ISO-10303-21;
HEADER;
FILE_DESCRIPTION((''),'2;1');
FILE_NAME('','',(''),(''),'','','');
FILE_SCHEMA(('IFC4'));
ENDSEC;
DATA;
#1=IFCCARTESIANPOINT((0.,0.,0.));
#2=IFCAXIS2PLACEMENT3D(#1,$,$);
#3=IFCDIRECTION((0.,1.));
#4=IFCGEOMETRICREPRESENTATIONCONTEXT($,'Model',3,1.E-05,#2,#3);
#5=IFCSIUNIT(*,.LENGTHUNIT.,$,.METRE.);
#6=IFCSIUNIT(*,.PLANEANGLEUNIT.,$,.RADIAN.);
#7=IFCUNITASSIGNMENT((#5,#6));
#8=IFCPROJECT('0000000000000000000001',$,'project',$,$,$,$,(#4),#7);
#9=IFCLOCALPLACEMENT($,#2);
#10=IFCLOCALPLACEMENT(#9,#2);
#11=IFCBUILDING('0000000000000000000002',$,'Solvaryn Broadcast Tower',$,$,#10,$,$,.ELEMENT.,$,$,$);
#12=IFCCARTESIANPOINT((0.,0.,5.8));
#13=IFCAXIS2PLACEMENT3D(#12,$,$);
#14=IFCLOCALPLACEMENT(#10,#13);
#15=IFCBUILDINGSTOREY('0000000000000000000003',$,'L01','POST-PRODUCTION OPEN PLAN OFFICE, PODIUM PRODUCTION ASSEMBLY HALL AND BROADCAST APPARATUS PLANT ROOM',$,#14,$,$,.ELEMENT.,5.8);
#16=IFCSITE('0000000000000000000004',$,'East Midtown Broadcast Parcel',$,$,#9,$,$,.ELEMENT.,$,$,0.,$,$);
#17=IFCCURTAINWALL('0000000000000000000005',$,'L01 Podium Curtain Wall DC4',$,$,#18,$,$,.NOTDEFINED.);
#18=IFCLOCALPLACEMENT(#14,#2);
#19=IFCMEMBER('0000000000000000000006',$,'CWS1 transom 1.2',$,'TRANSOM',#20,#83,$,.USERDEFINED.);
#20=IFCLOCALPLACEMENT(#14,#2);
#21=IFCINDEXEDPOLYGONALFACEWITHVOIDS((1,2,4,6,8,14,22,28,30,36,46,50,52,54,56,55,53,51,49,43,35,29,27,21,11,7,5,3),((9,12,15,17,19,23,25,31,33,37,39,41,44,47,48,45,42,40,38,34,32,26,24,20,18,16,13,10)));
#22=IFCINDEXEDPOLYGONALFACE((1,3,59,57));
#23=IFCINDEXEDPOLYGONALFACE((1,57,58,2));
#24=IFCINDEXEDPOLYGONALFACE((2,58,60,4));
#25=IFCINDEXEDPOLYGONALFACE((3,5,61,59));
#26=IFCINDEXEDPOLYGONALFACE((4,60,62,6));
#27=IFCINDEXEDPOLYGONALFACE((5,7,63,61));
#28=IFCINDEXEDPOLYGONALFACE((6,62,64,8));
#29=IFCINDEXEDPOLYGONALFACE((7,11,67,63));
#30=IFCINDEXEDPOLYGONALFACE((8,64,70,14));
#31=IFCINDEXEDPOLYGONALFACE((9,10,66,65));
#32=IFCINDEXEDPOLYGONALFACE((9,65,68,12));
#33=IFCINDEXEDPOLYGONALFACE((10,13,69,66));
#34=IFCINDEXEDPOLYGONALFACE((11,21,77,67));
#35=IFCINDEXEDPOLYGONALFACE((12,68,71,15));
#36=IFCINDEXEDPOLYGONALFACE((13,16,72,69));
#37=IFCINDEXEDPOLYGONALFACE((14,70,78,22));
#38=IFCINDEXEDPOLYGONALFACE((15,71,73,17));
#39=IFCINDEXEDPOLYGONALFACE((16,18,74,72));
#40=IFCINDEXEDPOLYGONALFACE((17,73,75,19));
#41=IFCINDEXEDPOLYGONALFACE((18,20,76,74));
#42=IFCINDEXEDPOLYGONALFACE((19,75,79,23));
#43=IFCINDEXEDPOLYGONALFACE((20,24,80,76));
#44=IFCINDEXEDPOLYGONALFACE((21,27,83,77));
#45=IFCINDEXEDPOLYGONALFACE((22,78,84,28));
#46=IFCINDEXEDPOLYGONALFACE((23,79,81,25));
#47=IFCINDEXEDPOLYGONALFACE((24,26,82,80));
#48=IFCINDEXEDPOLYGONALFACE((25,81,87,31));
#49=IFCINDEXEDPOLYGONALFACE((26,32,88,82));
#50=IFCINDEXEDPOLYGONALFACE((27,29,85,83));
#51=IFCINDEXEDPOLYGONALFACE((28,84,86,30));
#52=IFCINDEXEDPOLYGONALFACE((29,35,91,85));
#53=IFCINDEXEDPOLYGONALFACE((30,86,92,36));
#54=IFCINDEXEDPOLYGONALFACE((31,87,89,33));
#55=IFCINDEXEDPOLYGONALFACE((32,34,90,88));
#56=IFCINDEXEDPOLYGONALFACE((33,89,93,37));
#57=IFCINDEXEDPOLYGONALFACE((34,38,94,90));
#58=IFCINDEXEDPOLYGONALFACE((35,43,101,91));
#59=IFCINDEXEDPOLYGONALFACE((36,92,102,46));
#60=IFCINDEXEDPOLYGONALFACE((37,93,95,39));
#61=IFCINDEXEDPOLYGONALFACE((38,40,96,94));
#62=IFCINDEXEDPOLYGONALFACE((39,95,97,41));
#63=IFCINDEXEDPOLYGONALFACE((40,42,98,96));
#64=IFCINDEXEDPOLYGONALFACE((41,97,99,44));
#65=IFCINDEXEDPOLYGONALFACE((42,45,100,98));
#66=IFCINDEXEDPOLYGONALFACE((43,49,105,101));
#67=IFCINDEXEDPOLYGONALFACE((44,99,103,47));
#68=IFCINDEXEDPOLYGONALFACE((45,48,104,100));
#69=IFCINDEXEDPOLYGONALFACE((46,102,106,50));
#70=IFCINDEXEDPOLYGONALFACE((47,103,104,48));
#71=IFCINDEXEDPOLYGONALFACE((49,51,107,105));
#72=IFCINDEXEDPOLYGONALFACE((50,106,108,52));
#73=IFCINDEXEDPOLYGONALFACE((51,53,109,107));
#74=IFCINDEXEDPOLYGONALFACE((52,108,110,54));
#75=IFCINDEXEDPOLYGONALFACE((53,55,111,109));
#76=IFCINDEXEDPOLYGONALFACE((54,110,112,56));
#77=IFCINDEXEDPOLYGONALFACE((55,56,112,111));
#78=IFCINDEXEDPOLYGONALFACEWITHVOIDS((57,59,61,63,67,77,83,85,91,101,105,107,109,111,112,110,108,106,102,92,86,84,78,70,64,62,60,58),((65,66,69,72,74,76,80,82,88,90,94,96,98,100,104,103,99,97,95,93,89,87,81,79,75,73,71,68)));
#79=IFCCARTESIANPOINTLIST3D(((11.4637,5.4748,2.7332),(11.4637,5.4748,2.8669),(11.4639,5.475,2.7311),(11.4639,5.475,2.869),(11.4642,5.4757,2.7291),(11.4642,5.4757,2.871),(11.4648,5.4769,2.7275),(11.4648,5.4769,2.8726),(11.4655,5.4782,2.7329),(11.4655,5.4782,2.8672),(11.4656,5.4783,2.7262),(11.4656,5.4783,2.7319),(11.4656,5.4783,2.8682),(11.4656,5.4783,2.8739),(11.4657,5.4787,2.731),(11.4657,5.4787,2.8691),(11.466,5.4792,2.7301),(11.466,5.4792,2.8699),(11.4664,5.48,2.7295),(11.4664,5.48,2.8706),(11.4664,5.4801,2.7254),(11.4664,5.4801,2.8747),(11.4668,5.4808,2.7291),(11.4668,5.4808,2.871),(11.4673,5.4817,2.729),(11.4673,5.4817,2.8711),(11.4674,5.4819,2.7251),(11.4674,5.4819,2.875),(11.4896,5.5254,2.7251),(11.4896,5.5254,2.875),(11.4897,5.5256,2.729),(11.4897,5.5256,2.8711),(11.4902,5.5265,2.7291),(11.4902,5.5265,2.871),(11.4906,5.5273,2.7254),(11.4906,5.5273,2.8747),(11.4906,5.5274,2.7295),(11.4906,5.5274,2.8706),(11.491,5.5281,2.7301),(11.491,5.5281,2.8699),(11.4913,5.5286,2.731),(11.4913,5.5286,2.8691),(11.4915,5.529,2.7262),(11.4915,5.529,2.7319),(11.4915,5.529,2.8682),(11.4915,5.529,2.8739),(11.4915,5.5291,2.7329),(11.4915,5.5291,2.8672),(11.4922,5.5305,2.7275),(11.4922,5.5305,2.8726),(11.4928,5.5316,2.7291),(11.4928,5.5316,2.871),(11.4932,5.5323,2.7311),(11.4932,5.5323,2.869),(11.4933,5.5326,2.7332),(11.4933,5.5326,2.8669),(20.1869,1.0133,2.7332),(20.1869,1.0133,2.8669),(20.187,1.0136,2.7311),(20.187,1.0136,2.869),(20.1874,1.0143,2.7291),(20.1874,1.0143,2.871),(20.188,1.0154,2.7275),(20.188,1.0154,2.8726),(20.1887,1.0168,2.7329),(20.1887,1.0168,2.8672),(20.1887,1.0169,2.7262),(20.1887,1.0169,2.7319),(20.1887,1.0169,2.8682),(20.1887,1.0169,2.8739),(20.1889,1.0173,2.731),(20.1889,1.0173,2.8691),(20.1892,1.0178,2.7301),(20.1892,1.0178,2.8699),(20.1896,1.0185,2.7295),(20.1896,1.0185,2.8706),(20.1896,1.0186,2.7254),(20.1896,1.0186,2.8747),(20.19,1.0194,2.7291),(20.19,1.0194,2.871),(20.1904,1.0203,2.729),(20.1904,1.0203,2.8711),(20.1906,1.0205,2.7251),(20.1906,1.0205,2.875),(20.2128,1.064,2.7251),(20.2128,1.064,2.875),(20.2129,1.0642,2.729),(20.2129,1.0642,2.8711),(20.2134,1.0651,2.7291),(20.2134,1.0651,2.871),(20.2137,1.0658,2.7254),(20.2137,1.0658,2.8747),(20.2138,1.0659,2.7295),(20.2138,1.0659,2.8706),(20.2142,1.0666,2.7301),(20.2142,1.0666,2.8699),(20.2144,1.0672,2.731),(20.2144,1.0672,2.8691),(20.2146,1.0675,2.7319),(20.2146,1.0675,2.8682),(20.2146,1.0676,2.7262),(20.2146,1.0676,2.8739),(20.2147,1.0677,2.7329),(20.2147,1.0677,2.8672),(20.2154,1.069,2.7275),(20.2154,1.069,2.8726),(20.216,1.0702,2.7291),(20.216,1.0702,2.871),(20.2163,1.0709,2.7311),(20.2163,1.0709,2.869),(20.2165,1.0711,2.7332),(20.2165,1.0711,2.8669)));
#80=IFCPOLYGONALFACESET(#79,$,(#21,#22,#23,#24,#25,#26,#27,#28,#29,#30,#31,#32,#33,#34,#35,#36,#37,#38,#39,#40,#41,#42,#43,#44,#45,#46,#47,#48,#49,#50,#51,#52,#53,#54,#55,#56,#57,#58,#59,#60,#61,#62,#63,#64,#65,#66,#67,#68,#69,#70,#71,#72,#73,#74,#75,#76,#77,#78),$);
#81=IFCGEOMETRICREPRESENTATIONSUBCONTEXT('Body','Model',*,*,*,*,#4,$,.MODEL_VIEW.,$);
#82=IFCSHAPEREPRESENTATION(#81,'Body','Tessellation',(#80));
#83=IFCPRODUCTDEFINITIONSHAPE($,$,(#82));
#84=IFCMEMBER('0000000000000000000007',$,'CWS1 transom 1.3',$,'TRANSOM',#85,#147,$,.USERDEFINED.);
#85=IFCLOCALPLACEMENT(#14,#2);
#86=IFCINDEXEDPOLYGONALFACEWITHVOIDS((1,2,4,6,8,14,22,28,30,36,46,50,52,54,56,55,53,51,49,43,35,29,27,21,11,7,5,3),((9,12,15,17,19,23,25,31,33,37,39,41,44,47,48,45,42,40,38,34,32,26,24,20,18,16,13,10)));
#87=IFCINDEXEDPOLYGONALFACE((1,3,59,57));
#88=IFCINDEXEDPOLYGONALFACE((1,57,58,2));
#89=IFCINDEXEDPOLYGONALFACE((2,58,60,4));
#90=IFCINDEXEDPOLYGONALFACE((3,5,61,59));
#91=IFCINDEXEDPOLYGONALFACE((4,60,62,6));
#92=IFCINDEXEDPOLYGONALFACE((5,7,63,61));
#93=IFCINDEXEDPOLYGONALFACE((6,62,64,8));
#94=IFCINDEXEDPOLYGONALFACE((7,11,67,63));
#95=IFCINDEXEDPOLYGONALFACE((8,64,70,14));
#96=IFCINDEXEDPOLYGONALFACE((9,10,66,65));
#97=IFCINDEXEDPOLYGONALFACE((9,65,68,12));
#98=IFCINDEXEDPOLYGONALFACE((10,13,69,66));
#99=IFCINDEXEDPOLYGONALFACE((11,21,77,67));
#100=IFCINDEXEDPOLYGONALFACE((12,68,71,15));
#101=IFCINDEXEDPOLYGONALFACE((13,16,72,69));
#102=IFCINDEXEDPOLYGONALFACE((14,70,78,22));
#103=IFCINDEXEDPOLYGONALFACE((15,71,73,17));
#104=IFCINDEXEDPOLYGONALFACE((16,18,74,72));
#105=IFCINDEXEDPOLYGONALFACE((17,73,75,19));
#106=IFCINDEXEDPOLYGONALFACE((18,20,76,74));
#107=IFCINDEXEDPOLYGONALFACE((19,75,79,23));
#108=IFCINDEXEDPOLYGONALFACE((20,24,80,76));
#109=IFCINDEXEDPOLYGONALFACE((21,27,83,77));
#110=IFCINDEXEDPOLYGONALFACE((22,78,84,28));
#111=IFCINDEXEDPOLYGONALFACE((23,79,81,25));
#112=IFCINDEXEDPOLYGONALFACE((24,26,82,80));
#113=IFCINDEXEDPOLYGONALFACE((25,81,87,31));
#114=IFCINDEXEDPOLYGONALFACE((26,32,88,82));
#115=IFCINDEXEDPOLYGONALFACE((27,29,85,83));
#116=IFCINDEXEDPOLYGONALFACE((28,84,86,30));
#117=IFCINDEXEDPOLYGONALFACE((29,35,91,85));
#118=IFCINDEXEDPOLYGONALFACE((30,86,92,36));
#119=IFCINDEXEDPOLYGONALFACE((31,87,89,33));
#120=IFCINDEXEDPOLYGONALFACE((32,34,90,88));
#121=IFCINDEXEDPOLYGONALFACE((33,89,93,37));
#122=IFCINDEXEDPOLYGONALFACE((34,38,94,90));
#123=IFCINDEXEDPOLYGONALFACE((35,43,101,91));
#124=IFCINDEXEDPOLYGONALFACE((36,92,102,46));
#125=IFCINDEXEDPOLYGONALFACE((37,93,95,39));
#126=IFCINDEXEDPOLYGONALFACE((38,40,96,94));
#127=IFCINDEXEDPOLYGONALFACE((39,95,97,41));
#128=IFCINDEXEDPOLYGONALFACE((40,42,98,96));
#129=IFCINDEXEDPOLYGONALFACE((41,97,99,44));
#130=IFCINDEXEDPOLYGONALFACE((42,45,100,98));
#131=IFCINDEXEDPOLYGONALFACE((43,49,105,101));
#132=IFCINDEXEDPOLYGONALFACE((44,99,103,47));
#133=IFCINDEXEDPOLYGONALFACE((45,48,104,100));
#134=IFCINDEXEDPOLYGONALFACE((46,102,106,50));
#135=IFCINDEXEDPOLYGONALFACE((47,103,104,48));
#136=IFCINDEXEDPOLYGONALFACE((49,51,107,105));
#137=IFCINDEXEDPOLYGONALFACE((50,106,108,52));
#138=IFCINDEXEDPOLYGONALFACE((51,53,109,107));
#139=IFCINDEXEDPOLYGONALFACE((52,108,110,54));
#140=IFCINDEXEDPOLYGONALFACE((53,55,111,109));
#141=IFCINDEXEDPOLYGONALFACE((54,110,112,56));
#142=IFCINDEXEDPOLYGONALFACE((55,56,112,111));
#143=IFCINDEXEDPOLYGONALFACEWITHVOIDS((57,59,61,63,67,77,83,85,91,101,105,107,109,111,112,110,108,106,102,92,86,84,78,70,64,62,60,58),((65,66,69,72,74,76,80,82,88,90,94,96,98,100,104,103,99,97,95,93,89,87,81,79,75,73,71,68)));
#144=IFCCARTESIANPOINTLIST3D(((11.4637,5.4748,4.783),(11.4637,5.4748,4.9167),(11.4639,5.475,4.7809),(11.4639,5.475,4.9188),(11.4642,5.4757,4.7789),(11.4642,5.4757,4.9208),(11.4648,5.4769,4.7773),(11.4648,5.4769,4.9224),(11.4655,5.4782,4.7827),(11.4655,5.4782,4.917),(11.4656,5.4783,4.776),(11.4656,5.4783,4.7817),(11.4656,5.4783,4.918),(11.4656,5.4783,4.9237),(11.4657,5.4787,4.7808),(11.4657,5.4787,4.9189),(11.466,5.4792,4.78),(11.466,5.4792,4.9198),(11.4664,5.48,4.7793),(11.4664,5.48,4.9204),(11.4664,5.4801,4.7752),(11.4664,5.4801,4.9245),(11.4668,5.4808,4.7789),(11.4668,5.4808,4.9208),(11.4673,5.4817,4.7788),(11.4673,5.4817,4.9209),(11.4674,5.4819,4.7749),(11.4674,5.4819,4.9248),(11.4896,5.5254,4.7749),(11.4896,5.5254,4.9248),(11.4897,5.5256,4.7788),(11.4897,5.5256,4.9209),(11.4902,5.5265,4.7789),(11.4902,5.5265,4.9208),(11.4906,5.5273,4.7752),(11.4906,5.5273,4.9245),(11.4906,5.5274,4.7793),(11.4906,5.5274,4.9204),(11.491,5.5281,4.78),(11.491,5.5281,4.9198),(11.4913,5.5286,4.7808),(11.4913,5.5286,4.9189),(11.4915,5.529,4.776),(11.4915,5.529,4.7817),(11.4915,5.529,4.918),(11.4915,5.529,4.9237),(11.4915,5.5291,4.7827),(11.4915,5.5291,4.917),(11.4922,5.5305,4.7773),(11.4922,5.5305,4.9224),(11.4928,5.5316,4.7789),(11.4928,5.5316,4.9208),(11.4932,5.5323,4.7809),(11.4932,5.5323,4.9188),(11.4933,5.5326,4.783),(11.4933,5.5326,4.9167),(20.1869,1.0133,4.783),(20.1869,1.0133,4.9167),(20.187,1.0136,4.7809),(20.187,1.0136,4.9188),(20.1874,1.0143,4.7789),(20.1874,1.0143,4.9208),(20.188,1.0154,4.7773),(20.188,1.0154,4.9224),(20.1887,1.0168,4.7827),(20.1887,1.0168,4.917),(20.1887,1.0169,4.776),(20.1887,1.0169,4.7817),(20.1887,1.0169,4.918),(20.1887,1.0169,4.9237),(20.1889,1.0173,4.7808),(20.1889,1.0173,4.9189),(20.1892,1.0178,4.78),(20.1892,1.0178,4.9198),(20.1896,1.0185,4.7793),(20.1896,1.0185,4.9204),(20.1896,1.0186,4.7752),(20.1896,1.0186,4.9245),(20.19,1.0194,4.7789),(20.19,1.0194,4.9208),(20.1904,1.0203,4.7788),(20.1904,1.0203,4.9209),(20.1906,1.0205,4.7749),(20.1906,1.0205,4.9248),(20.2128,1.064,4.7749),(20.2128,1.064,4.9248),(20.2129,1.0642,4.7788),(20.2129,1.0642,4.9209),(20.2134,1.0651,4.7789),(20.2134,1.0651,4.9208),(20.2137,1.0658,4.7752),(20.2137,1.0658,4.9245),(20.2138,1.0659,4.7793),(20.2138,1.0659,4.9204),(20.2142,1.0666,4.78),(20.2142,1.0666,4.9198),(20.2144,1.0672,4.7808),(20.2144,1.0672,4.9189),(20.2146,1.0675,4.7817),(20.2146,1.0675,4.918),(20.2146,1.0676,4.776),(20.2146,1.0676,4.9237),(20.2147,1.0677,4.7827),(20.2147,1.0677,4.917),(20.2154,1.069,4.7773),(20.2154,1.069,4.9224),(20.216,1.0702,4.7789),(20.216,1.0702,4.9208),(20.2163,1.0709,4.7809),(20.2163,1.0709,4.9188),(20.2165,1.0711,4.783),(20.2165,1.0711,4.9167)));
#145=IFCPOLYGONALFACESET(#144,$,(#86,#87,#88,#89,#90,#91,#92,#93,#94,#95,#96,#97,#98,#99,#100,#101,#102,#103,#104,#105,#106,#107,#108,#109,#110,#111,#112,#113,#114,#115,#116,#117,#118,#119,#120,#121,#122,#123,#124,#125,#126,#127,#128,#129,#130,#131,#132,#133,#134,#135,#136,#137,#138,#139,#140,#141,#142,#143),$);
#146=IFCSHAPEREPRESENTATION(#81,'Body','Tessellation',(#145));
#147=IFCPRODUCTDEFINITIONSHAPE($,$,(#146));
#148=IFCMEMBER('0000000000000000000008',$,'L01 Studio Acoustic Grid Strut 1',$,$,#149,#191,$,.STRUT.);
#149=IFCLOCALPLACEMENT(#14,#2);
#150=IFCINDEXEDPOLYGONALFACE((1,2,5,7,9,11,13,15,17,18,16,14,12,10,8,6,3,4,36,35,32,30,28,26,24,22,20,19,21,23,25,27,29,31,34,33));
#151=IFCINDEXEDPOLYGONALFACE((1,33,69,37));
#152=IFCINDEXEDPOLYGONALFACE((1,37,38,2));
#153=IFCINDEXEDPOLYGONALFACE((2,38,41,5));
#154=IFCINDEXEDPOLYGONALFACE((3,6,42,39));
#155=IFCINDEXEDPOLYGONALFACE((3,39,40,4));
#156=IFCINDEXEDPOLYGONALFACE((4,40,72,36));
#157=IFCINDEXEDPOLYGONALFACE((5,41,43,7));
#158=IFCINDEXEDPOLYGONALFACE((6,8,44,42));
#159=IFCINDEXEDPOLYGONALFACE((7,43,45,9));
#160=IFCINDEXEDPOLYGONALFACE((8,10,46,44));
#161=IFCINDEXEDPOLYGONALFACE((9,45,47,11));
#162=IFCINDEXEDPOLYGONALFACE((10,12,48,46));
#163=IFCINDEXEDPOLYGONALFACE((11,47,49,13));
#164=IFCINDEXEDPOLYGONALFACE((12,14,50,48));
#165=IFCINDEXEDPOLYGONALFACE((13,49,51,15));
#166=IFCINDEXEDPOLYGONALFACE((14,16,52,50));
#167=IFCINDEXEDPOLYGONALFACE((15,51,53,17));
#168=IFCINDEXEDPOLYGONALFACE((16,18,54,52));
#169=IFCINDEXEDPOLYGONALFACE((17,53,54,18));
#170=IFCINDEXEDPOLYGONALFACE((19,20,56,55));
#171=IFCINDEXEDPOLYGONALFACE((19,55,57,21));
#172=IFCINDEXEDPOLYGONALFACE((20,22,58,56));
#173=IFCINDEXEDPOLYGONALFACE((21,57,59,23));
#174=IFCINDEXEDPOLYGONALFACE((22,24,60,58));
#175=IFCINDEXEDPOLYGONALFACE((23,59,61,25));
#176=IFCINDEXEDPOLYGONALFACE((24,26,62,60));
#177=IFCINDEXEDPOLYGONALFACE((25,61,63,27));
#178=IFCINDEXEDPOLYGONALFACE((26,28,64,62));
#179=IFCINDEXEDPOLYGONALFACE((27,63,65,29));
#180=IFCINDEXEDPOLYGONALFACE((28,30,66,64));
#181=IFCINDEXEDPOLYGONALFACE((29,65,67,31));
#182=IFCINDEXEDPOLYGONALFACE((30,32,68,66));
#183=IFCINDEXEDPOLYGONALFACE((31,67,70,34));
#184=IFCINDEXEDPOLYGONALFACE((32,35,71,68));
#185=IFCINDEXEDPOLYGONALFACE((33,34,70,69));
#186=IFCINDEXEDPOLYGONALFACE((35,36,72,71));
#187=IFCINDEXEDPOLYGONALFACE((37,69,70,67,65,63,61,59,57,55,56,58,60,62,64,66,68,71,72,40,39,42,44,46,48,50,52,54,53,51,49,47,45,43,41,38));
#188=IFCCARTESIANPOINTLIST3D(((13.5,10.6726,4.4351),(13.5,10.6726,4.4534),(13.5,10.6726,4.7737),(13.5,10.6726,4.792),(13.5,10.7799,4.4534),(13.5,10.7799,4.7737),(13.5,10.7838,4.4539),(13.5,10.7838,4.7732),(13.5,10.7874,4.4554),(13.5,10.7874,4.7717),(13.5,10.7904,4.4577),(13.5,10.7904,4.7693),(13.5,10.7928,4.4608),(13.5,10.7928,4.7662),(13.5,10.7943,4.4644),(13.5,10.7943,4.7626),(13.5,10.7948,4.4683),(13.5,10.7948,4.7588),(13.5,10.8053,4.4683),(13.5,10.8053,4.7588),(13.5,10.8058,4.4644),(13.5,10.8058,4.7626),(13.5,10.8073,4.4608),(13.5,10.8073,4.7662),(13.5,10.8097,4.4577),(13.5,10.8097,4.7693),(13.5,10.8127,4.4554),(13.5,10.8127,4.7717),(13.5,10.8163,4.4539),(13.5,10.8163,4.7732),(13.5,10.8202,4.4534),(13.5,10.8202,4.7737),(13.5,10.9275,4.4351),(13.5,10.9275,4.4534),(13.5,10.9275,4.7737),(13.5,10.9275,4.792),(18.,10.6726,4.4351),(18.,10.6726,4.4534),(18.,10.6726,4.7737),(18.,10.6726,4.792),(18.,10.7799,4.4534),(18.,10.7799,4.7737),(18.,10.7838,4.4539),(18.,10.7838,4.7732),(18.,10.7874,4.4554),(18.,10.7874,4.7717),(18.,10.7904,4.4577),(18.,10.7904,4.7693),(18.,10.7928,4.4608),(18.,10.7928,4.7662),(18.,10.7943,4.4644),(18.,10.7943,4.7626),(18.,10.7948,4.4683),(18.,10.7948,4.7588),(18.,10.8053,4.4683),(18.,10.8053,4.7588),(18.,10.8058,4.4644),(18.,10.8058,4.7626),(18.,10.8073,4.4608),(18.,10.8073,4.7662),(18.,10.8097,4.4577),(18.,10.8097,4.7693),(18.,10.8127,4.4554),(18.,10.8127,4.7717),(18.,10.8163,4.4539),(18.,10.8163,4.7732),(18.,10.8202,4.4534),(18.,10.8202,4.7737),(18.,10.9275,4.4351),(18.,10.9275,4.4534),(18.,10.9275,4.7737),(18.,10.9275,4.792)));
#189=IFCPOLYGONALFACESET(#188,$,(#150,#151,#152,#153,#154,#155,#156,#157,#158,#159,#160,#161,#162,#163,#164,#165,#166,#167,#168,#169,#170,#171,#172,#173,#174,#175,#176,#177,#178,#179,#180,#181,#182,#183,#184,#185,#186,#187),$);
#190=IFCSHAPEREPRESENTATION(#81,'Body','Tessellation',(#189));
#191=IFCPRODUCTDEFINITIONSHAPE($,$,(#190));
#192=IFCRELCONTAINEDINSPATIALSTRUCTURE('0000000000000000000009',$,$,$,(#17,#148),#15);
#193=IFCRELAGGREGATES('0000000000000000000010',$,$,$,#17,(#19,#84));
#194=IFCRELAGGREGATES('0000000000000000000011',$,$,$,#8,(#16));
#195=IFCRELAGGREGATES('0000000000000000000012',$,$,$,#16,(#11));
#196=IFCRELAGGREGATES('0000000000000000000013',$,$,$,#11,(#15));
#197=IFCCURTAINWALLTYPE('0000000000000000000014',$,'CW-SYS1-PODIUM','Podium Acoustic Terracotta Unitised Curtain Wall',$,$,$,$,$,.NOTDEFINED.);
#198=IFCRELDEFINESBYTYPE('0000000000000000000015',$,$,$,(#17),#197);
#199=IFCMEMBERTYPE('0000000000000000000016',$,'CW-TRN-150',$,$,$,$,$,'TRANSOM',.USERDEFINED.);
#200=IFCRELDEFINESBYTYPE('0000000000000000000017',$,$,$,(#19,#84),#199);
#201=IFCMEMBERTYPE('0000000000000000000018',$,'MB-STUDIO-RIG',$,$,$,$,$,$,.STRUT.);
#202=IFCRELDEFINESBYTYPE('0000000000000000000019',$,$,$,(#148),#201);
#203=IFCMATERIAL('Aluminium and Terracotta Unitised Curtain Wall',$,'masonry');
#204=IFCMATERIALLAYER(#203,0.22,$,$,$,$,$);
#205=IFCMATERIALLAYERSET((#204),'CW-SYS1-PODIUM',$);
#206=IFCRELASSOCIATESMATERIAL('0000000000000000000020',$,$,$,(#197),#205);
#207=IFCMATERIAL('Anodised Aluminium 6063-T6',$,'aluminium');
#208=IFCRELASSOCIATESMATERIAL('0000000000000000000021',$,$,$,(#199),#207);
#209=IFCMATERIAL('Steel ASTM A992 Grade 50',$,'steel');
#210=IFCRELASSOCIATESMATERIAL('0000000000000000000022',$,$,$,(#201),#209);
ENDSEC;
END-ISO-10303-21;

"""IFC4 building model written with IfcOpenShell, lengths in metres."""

from ifc_helpers import new_model, si_unit, direction, frame, origin, origin_2d, place, context, subcontext, project, spatial, hollow_rectangle, i_section, extrude, material, layer, layer_set, material_profile, profile_set, type_object, element, aggregate, save


model = new_model("IFC4")

# Units and contexts
model_context = context("Model", 3, precision=1e-05, world=origin(), true_north=direction((0.0, 1.0)))
body_context = subcontext(model_context, "Body", "Model", "MODEL_VIEW")
ifc_project = project(units=[si_unit("LENGTHUNIT", "METRE"), si_unit("PLANEANGLEUNIT", "RADIAN")], contexts=[model_context])

# Site, building, storey
site_placement = place(None, origin())
site = spatial("IfcSite", under=ifc_project, at=site_placement, Name="East Midtown Broadcast Parcel", CompositionType="ELEMENT", RefElevation=0.0)
building_placement = place(site_placement, origin())
building = spatial("IfcBuilding", under=site, at=building_placement, Name="Solvaryn Broadcast Tower", CompositionType="ELEMENT")
storey_placement = place(building_placement, frame((0.0, 0.0, 5.8)))
storey = spatial("IfcBuildingStorey", under=building, at=storey_placement, Name="L01", Description="POST-PRODUCTION OPEN PLAN OFFICE, PODIUM PRODUCTION ASSEMBLY HALL AND BROADCAST APPARATUS PLANT ROOM", CompositionType="ELEMENT", Elevation=5.8)

# Shared definitions
ifc_material_1 = material(Name="Aluminium and Terracotta Unitised Curtain Wall", Category="masonry")
ifc_layer_1 = layer(ifc_material_1, 0.22)
ifc_layer_set_1 = layer_set([ifc_layer_1], Name="CW-SYS1-PODIUM")
curtain_wall_type = type_object("IfcCurtainWallType", Name="CW-SYS1-PODIUM", Description="Podium Acoustic Terracotta Unitised Curtain Wall", PredefinedType="NOTDEFINED", material=ifc_layer_set_1)

# Curtain wall, members
curtain_wall_1_placement = place(storey_placement, origin())
curtain_wall_1 = element("IfcCurtainWall", 1, at=curtain_wall_1_placement, inside=storey, type_object=curtain_wall_type, Name="L01 Podium Curtain Wall DC4", PredefinedType="NOTDEFINED")
ifc_material_2 = material(Name="Anodised Aluminium 6063-T6", Category="aluminium")
ifc_material_profile_1 = material_profile(ifc_material_2, hollow_rectangle(XDim=0.0649, YDim=0.1499, WallThickness=0.0039, InnerFilletRadius=0.0039, OuterFilletRadius=0.0081, at=origin_2d()))
ifc_profile_set_1 = profile_set([ifc_material_profile_1], Name="Anodised Aluminium 6063-T6")
member_type_1 = type_object("IfcMemberType", Name="CW-TRN-150", ElementType="TRANSOM", PredefinedType="USERDEFINED", material=ifc_profile_set_1)
member_1_placement = place(storey_placement, frame((11.4785, 5.5037, 2.8), z_axis=(0.890313, -0.455348, 0.0), x_axis=(0.455348, 0.890313, 0.0)))
member_1 = element("IfcMember", 2, at=member_1_placement, type_object=member_type_1, Name="CWS1 transom 1.2", ObjectType="TRANSOM", PredefinedType="USERDEFINED", context=body_context, shape_type="SweptSolid", body=[
    extrude(hollow_rectangle(XDim=0.0649, YDim=0.1499, WallThickness=0.0039, InnerFilletRadius=0.0039, OuterFilletRadius=0.0081, at=origin_2d()), origin(), (0.0, 0.0, 1.0), 9.7979),
])
member_2_placement = place(storey_placement, frame((11.4785, 5.5037, 4.8499), z_axis=(0.890313, -0.455348, 0.0), x_axis=(0.455348, 0.890313, 0.0)))
member_2 = element("IfcMember", 3, at=member_2_placement, type_object=member_type_1, Name="CWS1 transom 1.3", ObjectType="TRANSOM", PredefinedType="USERDEFINED", context=body_context, shape_type="SweptSolid", body=[
    extrude(hollow_rectangle(XDim=0.0649, YDim=0.1499, WallThickness=0.0039, InnerFilletRadius=0.0039, OuterFilletRadius=0.0081, at=origin_2d()), origin(), (0.0, 0.0, 1.0), 9.7979),
])

# Member
ifc_material_3 = material(Name="Steel ASTM A992 Grade 50", Category="steel")
ifc_material_profile_2 = material_profile(ifc_material_3, i_section(OverallWidth=0.2549, OverallDepth=0.3569, WebThickness=0.0105, FlangeThickness=0.0183, FilletRadius=0.0149, at=origin_2d()))
ifc_profile_set_2 = profile_set([ifc_material_profile_2], Name="Steel ASTM A992 Grade 50")
member_type_2 = type_object("IfcMemberType", Name="MB-STUDIO-RIG", PredefinedType="STRUT", material=ifc_profile_set_2)
member_3_placement = place(storey_placement, frame((13.5, 10.8, 4.6135), z_axis=(1.0, 0.0, 0.0), x_axis=(0.0, 1.0, 0.0)))
element("IfcMember", 4, at=member_3_placement, inside=storey, type_object=member_type_2, Name="L01 Studio Acoustic Grid Strut 1", PredefinedType="STRUT", context=body_context, shape_type="SweptSolid", body=[
    extrude(i_section(OverallWidth=0.2549, OverallDepth=0.3569, WebThickness=0.0105, FlangeThickness=0.0183, FilletRadius=0.0149, at=origin_2d()), origin(), (0.0, 0.0, 1.0), 4.5),
])

aggregate(curtain_wall_1, [member_1, member_2])

save(model, "model.ifc")
